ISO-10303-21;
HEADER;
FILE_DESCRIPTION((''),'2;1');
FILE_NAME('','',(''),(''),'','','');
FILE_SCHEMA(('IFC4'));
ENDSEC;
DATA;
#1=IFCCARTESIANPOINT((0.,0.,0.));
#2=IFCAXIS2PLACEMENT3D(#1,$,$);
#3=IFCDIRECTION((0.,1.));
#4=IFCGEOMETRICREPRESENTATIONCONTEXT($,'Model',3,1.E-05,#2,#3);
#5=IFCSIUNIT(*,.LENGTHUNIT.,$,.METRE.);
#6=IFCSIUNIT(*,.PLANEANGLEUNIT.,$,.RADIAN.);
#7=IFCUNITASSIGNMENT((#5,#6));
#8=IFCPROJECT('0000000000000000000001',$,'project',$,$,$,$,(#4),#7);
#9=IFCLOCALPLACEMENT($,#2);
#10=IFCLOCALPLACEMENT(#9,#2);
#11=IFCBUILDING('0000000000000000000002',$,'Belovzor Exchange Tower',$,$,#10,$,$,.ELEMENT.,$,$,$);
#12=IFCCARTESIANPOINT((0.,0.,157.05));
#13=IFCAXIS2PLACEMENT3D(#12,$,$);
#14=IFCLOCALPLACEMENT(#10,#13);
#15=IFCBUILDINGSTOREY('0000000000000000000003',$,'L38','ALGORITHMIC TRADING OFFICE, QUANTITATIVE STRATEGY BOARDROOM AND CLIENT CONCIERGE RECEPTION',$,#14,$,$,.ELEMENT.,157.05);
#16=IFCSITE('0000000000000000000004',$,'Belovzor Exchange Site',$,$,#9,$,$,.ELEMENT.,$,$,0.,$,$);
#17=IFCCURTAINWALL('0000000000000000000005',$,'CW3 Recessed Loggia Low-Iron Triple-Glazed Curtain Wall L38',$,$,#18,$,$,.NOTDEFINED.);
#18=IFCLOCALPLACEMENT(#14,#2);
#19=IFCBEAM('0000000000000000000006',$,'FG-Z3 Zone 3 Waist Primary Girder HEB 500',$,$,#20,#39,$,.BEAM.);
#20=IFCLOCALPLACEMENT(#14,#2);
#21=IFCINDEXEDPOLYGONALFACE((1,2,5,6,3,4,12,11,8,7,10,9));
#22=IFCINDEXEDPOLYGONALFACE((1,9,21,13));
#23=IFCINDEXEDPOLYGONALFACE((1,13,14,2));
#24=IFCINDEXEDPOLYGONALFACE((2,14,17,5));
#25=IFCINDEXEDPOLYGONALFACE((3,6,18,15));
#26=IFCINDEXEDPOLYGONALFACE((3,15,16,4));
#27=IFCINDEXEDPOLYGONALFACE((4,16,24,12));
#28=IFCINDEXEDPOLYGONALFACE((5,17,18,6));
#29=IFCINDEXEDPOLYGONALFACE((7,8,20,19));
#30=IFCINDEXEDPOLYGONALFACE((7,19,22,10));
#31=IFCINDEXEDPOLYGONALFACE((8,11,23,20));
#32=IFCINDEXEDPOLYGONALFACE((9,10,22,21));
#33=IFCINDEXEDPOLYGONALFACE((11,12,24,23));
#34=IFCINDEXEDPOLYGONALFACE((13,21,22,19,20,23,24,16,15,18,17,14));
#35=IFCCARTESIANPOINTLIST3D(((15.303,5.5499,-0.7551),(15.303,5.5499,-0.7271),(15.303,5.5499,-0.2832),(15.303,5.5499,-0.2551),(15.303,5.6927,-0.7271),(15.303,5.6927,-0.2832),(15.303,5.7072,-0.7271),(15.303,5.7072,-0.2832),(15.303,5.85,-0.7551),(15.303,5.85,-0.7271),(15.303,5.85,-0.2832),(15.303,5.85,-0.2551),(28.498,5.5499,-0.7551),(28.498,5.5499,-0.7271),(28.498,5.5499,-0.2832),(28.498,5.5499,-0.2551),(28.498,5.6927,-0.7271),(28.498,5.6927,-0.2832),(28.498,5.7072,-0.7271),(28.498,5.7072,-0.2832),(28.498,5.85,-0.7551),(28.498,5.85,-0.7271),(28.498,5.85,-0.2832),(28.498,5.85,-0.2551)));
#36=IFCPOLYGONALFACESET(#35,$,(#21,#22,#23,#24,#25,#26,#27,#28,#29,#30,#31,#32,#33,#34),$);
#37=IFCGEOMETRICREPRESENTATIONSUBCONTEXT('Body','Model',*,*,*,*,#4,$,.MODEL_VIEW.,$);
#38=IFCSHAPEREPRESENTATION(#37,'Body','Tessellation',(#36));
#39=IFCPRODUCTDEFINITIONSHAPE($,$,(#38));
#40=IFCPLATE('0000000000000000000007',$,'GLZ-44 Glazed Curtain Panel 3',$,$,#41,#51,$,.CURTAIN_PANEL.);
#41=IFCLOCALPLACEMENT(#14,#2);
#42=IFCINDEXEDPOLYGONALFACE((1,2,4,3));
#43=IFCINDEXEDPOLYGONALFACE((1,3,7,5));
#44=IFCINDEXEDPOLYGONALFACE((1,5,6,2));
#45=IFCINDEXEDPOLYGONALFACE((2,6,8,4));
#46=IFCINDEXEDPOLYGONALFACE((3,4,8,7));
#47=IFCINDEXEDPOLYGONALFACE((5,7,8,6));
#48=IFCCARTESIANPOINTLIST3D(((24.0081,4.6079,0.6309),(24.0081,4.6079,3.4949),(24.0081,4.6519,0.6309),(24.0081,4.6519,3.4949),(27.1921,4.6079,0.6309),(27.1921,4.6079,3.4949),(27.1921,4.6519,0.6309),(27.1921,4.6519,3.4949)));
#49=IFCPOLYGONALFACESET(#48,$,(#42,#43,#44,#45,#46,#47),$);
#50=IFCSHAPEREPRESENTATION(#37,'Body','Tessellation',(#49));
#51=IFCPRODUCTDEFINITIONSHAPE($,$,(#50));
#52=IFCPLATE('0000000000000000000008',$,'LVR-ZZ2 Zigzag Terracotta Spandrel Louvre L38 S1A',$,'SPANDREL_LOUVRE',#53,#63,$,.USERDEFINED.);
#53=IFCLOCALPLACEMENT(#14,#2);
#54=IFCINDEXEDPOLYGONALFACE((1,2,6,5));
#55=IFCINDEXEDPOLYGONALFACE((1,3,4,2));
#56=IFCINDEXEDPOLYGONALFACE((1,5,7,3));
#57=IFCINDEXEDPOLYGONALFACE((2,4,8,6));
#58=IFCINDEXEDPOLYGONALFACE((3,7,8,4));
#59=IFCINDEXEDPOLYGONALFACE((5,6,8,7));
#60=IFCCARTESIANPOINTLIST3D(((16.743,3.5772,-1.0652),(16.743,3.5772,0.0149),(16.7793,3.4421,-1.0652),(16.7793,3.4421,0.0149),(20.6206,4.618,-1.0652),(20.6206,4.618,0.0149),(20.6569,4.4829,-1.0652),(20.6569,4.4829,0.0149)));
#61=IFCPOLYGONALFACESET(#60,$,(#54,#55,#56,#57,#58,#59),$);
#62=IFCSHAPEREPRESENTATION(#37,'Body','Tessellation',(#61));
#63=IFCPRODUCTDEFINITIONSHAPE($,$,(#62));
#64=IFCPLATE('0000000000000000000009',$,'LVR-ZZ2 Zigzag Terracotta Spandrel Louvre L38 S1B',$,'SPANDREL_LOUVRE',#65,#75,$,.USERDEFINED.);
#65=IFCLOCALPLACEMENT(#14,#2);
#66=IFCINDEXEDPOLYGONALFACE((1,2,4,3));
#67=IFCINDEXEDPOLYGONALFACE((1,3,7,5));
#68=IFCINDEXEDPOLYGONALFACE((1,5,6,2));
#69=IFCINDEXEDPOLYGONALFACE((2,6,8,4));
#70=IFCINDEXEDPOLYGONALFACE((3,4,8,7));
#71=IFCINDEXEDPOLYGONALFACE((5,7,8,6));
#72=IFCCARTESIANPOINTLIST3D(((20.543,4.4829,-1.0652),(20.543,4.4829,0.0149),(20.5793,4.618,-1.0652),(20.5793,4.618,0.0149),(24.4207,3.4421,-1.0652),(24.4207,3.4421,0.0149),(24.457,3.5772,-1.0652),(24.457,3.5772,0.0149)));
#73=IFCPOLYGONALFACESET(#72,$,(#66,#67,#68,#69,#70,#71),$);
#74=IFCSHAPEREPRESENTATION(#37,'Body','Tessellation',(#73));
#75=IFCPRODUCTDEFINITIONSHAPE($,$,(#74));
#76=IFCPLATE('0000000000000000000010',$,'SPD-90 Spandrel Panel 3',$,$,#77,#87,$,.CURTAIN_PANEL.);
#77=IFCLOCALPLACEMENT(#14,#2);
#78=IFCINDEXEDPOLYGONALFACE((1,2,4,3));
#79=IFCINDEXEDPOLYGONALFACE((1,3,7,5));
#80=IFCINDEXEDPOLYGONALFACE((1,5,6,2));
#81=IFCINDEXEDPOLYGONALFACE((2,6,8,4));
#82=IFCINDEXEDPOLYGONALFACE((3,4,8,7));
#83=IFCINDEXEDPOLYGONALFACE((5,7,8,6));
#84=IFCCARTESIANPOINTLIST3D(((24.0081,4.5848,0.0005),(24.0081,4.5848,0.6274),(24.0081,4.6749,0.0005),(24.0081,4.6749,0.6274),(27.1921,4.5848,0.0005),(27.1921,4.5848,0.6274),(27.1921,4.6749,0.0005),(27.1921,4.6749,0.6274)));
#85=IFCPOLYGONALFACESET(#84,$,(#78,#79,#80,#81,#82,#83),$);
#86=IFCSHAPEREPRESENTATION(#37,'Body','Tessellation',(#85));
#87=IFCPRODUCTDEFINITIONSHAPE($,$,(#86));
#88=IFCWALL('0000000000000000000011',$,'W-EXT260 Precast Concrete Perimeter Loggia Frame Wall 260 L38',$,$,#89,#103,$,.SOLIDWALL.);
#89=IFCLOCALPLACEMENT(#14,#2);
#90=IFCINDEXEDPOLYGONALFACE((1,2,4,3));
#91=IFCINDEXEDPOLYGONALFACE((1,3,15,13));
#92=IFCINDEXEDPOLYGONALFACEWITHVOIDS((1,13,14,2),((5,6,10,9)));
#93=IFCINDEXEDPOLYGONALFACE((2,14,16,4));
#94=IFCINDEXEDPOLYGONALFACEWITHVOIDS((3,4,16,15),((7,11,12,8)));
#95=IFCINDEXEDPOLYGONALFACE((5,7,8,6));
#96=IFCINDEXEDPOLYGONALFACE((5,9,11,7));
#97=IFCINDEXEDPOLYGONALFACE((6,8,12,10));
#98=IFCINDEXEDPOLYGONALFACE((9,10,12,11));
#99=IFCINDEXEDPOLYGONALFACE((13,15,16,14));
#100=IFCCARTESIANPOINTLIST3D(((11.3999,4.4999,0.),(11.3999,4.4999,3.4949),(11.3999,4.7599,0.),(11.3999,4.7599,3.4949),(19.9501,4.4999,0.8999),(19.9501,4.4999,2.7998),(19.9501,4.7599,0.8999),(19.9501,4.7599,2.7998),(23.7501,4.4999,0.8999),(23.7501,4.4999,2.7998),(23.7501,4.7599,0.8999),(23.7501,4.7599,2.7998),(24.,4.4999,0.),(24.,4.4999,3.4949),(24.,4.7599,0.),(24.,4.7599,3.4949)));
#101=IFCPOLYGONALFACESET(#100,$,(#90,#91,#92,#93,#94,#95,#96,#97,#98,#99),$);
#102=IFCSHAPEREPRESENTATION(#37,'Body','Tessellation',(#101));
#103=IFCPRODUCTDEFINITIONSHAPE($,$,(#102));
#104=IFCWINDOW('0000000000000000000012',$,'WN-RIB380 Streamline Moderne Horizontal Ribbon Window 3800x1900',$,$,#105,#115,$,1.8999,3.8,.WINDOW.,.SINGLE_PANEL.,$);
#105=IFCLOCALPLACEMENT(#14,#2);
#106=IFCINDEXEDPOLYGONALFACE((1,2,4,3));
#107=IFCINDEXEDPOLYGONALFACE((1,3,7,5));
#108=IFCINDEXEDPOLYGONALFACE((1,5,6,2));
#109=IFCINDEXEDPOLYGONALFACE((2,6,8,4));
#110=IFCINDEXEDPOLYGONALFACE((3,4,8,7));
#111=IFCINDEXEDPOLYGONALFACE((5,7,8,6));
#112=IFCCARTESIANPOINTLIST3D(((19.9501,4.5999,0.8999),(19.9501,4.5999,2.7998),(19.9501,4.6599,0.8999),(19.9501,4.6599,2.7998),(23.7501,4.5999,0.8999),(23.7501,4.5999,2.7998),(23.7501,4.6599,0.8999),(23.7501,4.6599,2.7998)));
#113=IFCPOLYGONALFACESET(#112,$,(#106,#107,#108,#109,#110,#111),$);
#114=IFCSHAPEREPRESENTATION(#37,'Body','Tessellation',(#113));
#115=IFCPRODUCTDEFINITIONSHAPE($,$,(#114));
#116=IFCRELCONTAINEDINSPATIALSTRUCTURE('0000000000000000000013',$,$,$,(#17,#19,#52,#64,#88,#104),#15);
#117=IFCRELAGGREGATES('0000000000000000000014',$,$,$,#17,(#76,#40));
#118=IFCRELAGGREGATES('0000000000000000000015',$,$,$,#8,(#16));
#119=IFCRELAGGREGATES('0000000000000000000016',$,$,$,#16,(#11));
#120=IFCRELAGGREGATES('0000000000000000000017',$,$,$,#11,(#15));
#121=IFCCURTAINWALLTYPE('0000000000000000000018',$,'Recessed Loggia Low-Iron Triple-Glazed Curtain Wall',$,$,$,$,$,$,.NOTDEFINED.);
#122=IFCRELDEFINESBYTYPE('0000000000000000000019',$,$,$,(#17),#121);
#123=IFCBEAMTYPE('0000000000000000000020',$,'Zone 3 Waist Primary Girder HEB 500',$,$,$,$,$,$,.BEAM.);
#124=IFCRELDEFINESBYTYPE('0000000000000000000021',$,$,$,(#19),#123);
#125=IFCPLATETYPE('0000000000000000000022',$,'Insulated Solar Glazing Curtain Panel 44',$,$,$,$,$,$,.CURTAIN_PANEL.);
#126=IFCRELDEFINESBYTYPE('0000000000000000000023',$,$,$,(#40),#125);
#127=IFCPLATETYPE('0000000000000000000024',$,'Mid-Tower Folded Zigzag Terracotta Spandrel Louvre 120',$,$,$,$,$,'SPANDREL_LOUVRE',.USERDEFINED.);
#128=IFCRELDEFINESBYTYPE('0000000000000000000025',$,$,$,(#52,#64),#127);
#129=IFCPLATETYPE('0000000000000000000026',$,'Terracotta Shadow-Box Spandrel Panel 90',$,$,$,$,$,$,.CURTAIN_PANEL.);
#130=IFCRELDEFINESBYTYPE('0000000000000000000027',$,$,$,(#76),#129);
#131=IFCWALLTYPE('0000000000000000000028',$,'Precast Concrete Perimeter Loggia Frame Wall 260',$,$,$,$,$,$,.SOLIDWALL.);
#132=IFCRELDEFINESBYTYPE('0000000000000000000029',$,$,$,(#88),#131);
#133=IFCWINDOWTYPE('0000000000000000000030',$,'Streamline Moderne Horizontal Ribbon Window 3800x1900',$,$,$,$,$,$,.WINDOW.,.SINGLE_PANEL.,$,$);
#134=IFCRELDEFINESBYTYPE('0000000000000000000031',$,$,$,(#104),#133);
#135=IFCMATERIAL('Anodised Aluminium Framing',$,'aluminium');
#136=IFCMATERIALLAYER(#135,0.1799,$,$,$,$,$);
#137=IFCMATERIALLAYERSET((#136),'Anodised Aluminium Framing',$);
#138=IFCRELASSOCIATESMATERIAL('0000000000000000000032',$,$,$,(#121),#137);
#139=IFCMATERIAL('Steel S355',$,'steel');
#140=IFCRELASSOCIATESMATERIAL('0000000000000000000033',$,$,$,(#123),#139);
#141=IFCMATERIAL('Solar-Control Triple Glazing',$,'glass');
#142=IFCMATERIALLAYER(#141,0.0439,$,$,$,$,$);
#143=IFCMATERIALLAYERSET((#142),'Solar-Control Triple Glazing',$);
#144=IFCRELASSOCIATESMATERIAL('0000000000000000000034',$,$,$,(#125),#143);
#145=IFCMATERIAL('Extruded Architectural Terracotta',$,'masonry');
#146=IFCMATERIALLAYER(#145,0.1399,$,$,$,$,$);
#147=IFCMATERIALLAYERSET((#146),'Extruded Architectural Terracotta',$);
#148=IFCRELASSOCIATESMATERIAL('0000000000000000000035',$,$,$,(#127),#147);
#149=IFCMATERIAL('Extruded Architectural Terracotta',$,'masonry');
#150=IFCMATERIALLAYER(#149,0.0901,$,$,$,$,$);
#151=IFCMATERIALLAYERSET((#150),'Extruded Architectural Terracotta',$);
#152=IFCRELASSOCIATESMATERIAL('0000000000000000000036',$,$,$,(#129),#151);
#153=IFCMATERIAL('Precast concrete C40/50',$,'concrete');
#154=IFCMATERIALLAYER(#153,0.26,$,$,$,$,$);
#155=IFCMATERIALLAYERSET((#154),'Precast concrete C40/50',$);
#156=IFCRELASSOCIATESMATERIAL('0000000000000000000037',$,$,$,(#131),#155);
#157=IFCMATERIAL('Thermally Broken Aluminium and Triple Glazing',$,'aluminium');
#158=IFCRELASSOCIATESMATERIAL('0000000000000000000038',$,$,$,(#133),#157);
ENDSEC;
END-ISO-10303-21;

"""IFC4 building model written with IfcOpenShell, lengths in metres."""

from ifc_helpers import new_model, si_unit, direction, frame, frame_2d, origin, origin_2d, place, context, subcontext, project, spatial, rectangle, i_section, extrude, material, layer, layer_set, material_profile, profile_set, type_object, element, fill, aggregate, save


model = new_model("IFC4")

# Units and contexts
model_context = context("Model", 3, precision=1e-05, world=origin(), true_north=direction((0.0, 1.0)))
body_context = subcontext(model_context, "Body", "Model", "MODEL_VIEW")
ifc_project = project(units=[si_unit("LENGTHUNIT", "METRE"), si_unit("PLANEANGLEUNIT", "RADIAN")], contexts=[model_context])

# Site, building, storey
site_placement = place(None, origin())
site = spatial("IfcSite", under=ifc_project, at=site_placement, Name="Belovzor Exchange Site", CompositionType="ELEMENT", RefElevation=0.0)
building_placement = place(site_placement, origin())
building = spatial("IfcBuilding", under=site, at=building_placement, Name="Belovzor Exchange Tower", CompositionType="ELEMENT")
storey_placement = place(building_placement, frame((0.0, 0.0, 157.05)))
storey = spatial("IfcBuildingStorey", under=building, at=storey_placement, Name="L38", Description="ALGORITHMIC TRADING OFFICE, QUANTITATIVE STRATEGY BOARDROOM AND CLIENT CONCIERGE RECEPTION", CompositionType="ELEMENT", Elevation=157.05)

# Curtain wall
ifc_material_1 = material(Name="Anodised Aluminium Framing", Category="aluminium")
ifc_layer_1 = layer(ifc_material_1, 0.1799)
ifc_layer_set_1 = layer_set([ifc_layer_1], Name="Anodised Aluminium Framing")
curtain_wall_type = type_object("IfcCurtainWallType", Name="Recessed Loggia Low-Iron Triple-Glazed Curtain Wall", PredefinedType="NOTDEFINED", material=ifc_layer_set_1)
curtain_wall_placement = place(storey_placement, origin())
curtain_wall = element("IfcCurtainWall", 1, at=curtain_wall_placement, inside=storey, type_object=curtain_wall_type, Name="CW3 Recessed Loggia Low-Iron Triple-Glazed Curtain Wall L38", PredefinedType="NOTDEFINED")

# Beam
ifc_material_2 = material(Name="Steel S355", Category="steel")
ifc_material_profile_1 = material_profile(ifc_material_2, i_section(OverallWidth=0.3, OverallDepth=0.5, WebThickness=0.0144, FlangeThickness=0.0281, at=origin_2d()))
ifc_profile_set_1 = profile_set([ifc_material_profile_1], Name="Steel S355")
beam_type_1 = type_object("IfcBeamType", Name="Zone 3 Waist Primary Girder HEB 500", PredefinedType="BEAM", material=ifc_profile_set_1)
beam_1_placement = place(storey_placement, frame((15.303, 5.7, -0.5051), z_axis=(1.0, 0.0, 0.0), x_axis=(0.0, 1.0, 0.0)))
element("IfcBeam", 2, at=beam_1_placement, inside=storey, type_object=beam_type_1, Name="FG-Z3 Zone 3 Waist Primary Girder HEB 500", PredefinedType="BEAM", context=body_context, shape_type="SweptSolid", body=[
    extrude(i_section(OverallWidth=0.3, OverallDepth=0.5, WebThickness=0.0144, FlangeThickness=0.0281, at=origin_2d()), origin(), (0.0, 0.0, 1.0), 13.1951),
])

# Plate
ifc_material_3 = material(Name="Solar-Control Triple Glazing", Category="glass")
ifc_layer_2 = layer(ifc_material_3, 0.0439)
ifc_layer_set_2 = layer_set([ifc_layer_2], Name="Solar-Control Triple Glazing")
plate_type_1 = type_object("IfcPlateType", Name="Insulated Solar Glazing Curtain Panel 44", PredefinedType="CURTAIN_PANEL", material=ifc_layer_set_2)
plate_1_placement = place(storey_placement, frame((25.6001, 4.6299, 0.6309), z_axis=(0.0, 0.0, 1.0), x_axis=(-1.0, 0.0, 0.0)))
plate_1 = element("IfcPlate", 3, at=plate_1_placement, type_object=plate_type_1, Name="GLZ-44 Glazed Curtain Panel 3", PredefinedType="CURTAIN_PANEL", context=body_context, shape_type="SweptSolid", body=[
    extrude(rectangle(XDim=3.1841, YDim=0.0439, at=origin_2d()), origin(), (0.0, 0.0, 1.0), 2.864),
])

# Plates
ifc_material_4 = material(Name="Extruded Architectural Terracotta", Category="masonry")
ifc_layer_3 = layer(ifc_material_4, 0.1399)
ifc_layer_set_3 = layer_set([ifc_layer_3], Name="Extruded Architectural Terracotta")
plate_type_2 = type_object("IfcPlateType", Name="Mid-Tower Folded Zigzag Terracotta Spandrel Louvre 120", ElementType="SPANDREL_LOUVRE", PredefinedType="USERDEFINED", material=ifc_layer_set_3)
for number, where, z_axis, x_axis, name in (
    (4, (18.7, 4.03, -1.0652), (0.0, 0.0, 1.0), (0.965813, 0.25924, 0.0), "LVR-ZZ2 Zigzag Terracotta Spandrel Louvre L38 S1A"),
    (5, (22.5, 4.03, -1.0652), (0.0, 0.0, 1.0), (0.965813, -0.25924, 0.0), "LVR-ZZ2 Zigzag Terracotta Spandrel Louvre L38 S1B"),
):
    element("IfcPlate", number, at=place(storey_placement, frame(where, z_axis=z_axis, x_axis=x_axis)), inside=storey, type_object=plate_type_2, Name=name, ObjectType="SPANDREL_LOUVRE", PredefinedType="USERDEFINED", context=body_context, shape_type="SweptSolid", body=[
        extrude(rectangle(XDim=4.0149, YDim=0.1399, at=origin_2d()), origin(), (0.0, 0.0, 1.0), 1.0801),
    ])

# Plate
ifc_material_5 = material(Name="Extruded Architectural Terracotta", Category="masonry")
ifc_layer_4 = layer(ifc_material_5, 0.0901)
ifc_layer_set_4 = layer_set([ifc_layer_4], Name="Extruded Architectural Terracotta")
plate_type_3 = type_object("IfcPlateType", Name="Terracotta Shadow-Box Spandrel Panel 90", PredefinedType="CURTAIN_PANEL", material=ifc_layer_set_4)
plate_2_placement = place(storey_placement, frame((25.6001, 4.6299, 0.0005), z_axis=(0.0, 0.0, 1.0), x_axis=(-1.0, 0.0, 0.0)))
plate_2 = element("IfcPlate", 6, at=plate_2_placement, type_object=plate_type_3, Name="SPD-90 Spandrel Panel 3", PredefinedType="CURTAIN_PANEL", context=body_context, shape_type="SweptSolid", body=[
    extrude(rectangle(XDim=3.1841, YDim=0.0901, at=origin_2d()), origin(), (0.0, 0.0, 1.0), 0.627),
])
aggregate(curtain_wall, [plate_2, plate_1])

# Wall, opening, window
ifc_material_6 = material(Name="Precast concrete C40/50", Category="concrete")
ifc_layer_5 = layer(ifc_material_6, 0.26)
ifc_layer_set_5 = layer_set([ifc_layer_5], Name="Precast concrete C40/50")
wall_type = type_object("IfcWallType", Name="Precast Concrete Perimeter Loggia Frame Wall 260", PredefinedType="SOLIDWALL", material=ifc_layer_set_5)
wall_placement = place(storey_placement, frame((24.0, 4.6299, 0.0), z_axis=(0.0, 0.0, 1.0), x_axis=(-1.0, 0.0, 0.0)))
wall = element("IfcWall", 7, at=wall_placement, inside=storey, type_object=wall_type, Name="W-EXT260 Precast Concrete Perimeter Loggia Frame Wall 260 L38", PredefinedType="SOLIDWALL", context=body_context, shape_type="SweptSolid", body=[
    extrude(rectangle(XDim=12.6001, YDim=0.26, at=frame_2d((6.3, 0.0))), origin(), (0.0, 0.0, 1.0), 3.4949),
])
opening_placement = place(wall_placement, frame((0.25, 0.0, 0.8999)))
opening = element("IfcOpeningElement", 8, at=opening_placement, cuts=wall, PredefinedType="OPENING", context=body_context, shape_type="SweptSolid", body=[
    extrude(rectangle(XDim=3.8, YDim=1.8999, at=frame_2d((1.8999, 0.95))), frame((0.0, 0.1399, 0.0), z_axis=(0.0, -1.0, 0.0), x_axis=(1.0, 0.0, 0.0)), (0.0, 0.0, 1.0), 0.28),
])
ifc_material_7 = material(Name="Thermally Broken Aluminium and Triple Glazing", Category="aluminium")
window_type = type_object("IfcWindowType", Name="Streamline Moderne Horizontal Ribbon Window 3800x1900", PartitioningType="SINGLE_PANEL", PredefinedType="WINDOW", material=ifc_material_7)
window_placement = place(opening_placement, origin())
window = element("IfcWindow", 9, at=window_placement, inside=storey, type_object=window_type, Name="WN-RIB380 Streamline Moderne Horizontal Ribbon Window 3800x1900", OverallHeight=1.8999, OverallWidth=3.8, PartitioningType="SINGLE_PANEL", PredefinedType="WINDOW", context=body_context, shape_type="SweptSolid", body=[
    extrude(rectangle(XDim=3.8, YDim=1.8999, at=frame_2d((1.8999, 0.95))), frame((0.0, 0.03, 0.0), z_axis=(0.0, -1.0, 0.0), x_axis=(1.0, 0.0, 0.0)), (0.0, 0.0, 1.0), 0.0601),
])
fill(opening, window)

save(model, "model.ifc")
